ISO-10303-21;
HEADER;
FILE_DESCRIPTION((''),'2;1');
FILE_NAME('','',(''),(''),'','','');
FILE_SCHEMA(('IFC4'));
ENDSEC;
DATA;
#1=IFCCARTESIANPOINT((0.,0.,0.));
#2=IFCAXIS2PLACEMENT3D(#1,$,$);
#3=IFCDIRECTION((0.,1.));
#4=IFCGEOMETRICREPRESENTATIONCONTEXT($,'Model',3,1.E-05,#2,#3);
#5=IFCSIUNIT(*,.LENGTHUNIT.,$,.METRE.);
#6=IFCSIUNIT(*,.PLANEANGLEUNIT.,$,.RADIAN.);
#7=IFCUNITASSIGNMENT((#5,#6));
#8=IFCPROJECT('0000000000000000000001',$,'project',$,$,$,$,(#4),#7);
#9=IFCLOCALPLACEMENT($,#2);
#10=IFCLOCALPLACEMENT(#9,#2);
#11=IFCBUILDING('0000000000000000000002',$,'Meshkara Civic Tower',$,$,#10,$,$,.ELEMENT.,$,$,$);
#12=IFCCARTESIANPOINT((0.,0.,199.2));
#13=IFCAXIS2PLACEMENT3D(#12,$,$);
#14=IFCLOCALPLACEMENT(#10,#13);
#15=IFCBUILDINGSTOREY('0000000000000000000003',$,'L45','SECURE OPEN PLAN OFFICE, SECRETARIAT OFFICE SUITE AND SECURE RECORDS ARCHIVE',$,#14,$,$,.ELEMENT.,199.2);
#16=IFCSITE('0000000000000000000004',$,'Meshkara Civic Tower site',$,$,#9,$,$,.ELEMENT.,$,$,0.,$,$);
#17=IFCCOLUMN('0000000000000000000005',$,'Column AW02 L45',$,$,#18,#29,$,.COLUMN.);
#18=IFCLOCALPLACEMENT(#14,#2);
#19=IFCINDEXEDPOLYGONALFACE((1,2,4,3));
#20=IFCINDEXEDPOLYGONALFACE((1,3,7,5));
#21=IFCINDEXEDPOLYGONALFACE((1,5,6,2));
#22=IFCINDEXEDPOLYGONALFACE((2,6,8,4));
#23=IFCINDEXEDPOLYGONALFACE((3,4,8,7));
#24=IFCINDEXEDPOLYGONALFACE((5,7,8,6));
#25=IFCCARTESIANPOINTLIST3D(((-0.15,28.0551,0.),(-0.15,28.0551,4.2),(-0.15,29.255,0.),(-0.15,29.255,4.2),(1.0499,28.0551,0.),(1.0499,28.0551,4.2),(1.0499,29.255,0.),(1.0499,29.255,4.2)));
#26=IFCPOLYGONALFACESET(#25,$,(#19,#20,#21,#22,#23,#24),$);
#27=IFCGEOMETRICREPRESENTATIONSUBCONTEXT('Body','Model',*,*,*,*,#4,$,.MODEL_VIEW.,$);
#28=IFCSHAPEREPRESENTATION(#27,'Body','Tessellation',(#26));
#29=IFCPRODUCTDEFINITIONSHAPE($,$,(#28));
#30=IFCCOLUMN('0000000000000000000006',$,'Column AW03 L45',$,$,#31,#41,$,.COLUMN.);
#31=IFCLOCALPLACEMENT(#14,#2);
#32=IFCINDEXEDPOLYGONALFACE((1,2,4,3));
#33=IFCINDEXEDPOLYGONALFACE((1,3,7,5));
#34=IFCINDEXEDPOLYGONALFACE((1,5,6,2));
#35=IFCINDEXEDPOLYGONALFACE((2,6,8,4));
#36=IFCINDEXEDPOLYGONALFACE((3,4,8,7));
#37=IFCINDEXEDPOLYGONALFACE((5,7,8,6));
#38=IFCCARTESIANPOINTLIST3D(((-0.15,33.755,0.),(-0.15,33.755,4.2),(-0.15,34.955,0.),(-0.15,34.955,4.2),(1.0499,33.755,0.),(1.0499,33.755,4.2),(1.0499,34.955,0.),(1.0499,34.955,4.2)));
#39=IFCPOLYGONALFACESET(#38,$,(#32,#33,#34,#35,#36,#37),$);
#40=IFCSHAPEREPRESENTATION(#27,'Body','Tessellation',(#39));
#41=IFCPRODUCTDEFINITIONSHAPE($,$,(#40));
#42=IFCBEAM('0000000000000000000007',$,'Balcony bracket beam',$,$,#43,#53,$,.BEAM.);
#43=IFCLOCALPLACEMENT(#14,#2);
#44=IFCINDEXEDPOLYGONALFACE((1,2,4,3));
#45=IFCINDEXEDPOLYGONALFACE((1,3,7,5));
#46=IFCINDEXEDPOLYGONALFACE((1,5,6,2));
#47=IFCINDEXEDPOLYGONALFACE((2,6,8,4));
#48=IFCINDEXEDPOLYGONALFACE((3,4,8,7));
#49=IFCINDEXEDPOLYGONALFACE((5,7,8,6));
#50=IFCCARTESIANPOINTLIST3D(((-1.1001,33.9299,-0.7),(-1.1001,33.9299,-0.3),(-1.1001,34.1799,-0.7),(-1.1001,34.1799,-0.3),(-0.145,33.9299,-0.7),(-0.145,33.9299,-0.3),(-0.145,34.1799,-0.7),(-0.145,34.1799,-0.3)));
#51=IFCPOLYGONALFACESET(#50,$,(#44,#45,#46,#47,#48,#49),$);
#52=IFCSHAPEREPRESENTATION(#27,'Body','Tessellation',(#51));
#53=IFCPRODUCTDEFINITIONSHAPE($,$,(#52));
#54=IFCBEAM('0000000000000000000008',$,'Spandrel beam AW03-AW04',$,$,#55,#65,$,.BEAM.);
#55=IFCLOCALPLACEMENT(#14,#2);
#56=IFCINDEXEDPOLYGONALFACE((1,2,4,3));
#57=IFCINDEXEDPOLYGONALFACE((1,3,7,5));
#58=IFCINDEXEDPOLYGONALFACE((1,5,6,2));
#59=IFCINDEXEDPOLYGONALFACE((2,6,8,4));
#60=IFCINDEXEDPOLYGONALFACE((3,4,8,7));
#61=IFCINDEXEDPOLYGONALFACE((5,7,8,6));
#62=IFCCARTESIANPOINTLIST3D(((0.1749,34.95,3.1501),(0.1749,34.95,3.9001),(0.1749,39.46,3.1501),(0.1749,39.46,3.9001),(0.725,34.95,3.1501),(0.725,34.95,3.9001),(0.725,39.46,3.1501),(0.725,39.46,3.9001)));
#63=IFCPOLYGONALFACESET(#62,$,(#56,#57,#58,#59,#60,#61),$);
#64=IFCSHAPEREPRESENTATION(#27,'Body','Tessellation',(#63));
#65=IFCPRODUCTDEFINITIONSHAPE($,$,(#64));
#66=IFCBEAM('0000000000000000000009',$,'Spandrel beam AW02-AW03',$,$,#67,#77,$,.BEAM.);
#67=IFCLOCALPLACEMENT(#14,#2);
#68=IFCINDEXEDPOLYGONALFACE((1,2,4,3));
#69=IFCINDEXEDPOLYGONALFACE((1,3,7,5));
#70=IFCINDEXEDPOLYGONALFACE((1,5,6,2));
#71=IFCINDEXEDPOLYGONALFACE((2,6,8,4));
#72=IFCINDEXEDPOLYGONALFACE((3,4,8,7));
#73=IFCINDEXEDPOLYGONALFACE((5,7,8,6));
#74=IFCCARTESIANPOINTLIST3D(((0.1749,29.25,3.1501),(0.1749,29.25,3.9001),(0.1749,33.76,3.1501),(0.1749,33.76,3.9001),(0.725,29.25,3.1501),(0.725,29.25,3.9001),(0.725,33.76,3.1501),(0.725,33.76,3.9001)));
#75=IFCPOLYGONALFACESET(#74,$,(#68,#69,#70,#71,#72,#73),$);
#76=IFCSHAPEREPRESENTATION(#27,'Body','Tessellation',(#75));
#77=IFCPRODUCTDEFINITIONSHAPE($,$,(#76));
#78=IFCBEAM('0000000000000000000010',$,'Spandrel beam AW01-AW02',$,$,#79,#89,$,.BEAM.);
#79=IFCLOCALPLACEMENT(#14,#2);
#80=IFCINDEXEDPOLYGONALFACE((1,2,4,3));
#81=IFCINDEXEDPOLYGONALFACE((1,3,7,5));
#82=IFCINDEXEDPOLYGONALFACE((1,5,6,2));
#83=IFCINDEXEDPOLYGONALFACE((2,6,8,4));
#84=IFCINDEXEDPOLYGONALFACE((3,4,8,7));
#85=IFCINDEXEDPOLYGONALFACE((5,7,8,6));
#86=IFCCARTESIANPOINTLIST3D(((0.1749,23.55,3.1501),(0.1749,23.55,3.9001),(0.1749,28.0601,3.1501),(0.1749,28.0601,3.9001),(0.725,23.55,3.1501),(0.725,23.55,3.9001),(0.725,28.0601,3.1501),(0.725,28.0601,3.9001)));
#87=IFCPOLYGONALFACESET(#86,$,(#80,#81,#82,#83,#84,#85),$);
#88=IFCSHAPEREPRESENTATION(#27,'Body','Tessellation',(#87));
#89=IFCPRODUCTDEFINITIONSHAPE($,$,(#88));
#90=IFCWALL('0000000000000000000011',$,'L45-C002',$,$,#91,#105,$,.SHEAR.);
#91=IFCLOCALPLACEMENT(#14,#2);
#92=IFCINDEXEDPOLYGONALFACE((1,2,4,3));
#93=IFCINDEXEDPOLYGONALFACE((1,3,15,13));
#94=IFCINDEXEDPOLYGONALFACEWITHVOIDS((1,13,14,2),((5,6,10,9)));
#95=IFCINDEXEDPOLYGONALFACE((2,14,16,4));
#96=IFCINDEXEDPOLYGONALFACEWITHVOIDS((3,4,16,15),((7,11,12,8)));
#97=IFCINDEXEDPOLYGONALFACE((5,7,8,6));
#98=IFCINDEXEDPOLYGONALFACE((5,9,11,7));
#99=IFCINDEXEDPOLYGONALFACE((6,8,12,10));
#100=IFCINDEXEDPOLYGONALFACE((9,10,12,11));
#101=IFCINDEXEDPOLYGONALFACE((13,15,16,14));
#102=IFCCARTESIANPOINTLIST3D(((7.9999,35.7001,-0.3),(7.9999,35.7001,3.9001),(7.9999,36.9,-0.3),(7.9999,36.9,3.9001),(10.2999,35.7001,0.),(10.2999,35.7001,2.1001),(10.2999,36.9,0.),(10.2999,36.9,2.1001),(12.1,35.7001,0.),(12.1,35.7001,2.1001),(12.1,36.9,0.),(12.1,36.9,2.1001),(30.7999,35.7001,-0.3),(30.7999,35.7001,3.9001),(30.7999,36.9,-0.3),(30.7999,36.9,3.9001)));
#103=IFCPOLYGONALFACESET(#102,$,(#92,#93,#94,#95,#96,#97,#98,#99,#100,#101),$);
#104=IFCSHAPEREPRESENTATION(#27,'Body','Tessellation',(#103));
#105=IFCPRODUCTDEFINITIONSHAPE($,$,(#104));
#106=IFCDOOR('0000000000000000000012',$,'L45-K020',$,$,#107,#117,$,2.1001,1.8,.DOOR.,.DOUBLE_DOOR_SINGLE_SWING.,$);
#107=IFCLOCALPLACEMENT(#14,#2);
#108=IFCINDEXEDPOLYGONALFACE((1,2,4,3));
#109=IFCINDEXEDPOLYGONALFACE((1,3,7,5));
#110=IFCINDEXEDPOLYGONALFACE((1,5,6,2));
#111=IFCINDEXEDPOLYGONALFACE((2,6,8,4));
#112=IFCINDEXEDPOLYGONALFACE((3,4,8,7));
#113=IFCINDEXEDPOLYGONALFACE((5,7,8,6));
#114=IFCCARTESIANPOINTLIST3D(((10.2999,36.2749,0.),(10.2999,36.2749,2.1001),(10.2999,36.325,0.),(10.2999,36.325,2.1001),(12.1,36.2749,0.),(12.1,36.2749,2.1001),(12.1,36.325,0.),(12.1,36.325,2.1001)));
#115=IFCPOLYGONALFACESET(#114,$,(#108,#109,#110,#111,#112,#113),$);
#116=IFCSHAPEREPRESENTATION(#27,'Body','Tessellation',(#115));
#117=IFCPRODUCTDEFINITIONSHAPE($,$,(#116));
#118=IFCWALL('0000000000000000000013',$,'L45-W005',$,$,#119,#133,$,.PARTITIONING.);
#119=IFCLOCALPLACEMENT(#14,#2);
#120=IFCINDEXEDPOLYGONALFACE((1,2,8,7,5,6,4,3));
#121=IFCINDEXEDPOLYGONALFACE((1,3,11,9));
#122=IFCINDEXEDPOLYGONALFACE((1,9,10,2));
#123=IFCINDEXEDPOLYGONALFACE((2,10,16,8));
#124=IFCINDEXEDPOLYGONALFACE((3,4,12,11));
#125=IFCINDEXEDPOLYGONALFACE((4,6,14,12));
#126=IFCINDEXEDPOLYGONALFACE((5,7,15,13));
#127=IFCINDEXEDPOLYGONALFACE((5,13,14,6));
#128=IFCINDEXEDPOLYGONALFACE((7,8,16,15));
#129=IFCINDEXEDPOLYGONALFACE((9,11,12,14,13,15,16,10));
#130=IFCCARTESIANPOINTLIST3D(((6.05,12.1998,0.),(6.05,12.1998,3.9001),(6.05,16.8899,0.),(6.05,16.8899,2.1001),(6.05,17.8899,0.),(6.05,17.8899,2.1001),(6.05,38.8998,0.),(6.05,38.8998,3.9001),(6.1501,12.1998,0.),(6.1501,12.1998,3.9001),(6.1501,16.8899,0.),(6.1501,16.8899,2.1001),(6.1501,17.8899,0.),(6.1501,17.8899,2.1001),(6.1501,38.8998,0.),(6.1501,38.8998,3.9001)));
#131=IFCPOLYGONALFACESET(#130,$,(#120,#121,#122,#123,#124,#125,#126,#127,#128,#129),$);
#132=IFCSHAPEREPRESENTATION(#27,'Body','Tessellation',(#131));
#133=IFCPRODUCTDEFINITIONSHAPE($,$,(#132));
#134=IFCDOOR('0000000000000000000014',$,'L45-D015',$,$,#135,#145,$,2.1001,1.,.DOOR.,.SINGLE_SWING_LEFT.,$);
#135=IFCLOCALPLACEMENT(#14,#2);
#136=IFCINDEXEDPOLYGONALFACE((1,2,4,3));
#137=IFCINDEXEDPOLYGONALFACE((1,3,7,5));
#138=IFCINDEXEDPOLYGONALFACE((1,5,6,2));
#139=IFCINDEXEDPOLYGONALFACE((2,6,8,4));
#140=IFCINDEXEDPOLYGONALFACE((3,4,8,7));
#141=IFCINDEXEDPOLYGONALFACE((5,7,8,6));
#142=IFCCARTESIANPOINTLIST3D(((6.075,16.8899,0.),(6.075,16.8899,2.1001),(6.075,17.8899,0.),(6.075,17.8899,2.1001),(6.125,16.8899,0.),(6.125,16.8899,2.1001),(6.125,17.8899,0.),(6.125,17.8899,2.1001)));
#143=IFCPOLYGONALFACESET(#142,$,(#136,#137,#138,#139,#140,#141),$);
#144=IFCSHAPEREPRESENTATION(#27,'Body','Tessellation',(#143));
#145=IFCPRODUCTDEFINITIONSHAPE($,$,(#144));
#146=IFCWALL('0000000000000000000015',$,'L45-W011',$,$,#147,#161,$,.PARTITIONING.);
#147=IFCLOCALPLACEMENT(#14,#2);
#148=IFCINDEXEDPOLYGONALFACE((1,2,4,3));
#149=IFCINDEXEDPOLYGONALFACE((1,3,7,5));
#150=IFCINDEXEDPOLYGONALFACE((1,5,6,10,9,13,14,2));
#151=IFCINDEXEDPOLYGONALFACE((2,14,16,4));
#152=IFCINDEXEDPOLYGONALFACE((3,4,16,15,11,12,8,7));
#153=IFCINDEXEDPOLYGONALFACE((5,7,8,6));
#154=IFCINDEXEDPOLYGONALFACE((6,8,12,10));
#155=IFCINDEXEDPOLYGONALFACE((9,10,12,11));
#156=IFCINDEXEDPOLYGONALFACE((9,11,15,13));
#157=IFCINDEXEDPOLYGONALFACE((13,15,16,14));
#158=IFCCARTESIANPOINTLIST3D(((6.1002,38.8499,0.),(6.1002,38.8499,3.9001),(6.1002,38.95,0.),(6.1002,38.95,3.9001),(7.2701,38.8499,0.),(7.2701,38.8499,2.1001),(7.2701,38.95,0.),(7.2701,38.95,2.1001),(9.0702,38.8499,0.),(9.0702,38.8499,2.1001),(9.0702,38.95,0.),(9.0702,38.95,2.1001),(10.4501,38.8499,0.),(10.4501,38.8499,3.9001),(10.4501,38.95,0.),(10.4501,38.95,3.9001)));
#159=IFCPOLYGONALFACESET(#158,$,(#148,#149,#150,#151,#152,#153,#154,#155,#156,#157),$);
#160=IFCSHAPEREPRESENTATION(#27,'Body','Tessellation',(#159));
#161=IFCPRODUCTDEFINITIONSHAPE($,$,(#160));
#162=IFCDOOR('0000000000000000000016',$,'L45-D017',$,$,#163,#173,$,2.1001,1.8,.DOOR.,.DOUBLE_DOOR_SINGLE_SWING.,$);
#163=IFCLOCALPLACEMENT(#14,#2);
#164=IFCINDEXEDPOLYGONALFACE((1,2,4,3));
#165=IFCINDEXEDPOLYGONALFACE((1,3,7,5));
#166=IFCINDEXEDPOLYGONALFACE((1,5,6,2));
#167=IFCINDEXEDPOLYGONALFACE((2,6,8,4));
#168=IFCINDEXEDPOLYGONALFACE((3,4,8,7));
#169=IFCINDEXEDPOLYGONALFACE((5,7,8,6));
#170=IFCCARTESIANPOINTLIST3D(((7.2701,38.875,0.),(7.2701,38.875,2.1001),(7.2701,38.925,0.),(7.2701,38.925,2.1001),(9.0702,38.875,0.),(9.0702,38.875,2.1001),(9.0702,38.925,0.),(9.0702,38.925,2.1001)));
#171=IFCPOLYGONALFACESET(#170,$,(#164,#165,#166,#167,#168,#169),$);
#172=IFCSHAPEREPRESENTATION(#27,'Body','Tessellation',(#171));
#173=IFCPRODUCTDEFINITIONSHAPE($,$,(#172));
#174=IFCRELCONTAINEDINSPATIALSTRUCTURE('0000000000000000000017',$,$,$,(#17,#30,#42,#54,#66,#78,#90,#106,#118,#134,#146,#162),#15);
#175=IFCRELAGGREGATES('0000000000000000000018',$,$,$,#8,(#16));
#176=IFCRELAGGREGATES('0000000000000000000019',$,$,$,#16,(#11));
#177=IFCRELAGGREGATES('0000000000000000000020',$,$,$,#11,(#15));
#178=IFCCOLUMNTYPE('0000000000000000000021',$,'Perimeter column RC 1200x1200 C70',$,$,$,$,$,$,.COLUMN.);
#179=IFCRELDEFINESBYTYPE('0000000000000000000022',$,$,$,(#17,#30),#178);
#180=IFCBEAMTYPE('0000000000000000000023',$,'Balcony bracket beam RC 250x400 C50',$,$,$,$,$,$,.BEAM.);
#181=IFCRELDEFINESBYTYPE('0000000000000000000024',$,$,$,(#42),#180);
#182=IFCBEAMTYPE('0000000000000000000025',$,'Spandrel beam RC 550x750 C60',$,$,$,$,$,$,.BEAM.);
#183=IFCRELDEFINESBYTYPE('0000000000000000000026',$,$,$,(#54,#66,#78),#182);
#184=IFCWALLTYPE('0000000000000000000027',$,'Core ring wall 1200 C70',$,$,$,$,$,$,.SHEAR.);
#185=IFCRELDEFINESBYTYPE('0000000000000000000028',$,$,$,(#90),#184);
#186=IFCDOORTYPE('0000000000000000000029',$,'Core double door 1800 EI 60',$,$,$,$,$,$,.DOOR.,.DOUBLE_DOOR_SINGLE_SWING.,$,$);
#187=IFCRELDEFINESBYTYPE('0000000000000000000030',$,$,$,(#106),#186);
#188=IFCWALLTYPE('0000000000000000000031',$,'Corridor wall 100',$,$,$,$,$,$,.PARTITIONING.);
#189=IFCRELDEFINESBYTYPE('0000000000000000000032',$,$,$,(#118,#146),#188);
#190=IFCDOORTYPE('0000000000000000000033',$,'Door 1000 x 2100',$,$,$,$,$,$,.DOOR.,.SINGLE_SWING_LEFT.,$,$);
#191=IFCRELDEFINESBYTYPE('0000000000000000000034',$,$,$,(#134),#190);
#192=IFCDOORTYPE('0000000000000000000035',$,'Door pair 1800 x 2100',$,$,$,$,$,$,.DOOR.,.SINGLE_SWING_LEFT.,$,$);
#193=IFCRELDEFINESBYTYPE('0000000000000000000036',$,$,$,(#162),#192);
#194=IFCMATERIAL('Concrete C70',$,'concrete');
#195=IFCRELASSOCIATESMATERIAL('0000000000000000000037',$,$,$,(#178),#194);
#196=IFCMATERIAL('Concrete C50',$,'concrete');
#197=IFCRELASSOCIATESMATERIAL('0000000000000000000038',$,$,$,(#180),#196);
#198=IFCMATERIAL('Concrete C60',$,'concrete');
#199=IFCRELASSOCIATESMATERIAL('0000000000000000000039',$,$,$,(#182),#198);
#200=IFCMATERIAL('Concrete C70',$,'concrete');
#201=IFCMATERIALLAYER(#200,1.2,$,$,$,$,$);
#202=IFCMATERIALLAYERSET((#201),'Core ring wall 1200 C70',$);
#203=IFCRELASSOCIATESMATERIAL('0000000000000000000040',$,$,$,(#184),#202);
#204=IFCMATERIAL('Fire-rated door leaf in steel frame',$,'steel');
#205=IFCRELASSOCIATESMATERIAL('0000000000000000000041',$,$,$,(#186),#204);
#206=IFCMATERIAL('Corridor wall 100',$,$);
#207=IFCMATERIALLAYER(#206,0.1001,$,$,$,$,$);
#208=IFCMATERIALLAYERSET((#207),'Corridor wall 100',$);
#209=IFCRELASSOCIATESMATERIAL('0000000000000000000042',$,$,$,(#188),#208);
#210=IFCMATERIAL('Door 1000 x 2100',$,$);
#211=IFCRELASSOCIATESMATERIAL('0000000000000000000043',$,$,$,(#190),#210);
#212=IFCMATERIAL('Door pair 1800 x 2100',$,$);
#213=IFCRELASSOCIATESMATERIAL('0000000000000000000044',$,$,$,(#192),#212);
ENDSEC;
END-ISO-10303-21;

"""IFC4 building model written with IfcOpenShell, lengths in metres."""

from ifc_helpers import new_model, si_unit, direction, frame, frame_2d, origin, origin_2d, place, context, subcontext, project, spatial, rectangle, extrude, material, layer, layer_set, material_profile, profile_set, type_object, element, fill, save


model = new_model("IFC4")

# Units and contexts
model_context = context("Model", 3, precision=1e-05, world=origin(), true_north=direction((0.0, 1.0)))
body_context = subcontext(model_context, "Body", "Model", "MODEL_VIEW")
ifc_project = project(units=[si_unit("LENGTHUNIT", "METRE"), si_unit("PLANEANGLEUNIT", "RADIAN")], contexts=[model_context])

# Site, building, storey
site_placement = place(None, origin())
site = spatial("IfcSite", under=ifc_project, at=site_placement, Name="Meshkara Civic Tower site", CompositionType="ELEMENT", RefElevation=0.0)
building_placement = place(site_placement, origin())
building = spatial("IfcBuilding", under=site, at=building_placement, Name="Meshkara Civic Tower", CompositionType="ELEMENT")
storey_placement = place(building_placement, frame((0.0, 0.0, 199.2)))
storey = spatial("IfcBuildingStorey", under=building, at=storey_placement, Name="L45", Description="SECURE OPEN PLAN OFFICE, SECRETARIAT OFFICE SUITE AND SECURE RECORDS ARCHIVE", CompositionType="ELEMENT", Elevation=199.2)

# Columns
ifc_material_1 = material(Name="Concrete C70", Category="concrete")
ifc_material_profile_1 = material_profile(ifc_material_1, rectangle(XDim=1.2, YDim=1.2, at=origin_2d()))
ifc_profile_set_1 = profile_set([ifc_material_profile_1], Name="Concrete C70")
column_type = type_object("IfcColumnType", Name="Perimeter column RC 1200x1200 C70", PredefinedType="COLUMN", material=ifc_profile_set_1)
for number, where, z_axis, x_axis, name in (
    (1, (0.45, 28.655, 0.0), (0.0, 0.0, 1.0), (1.0, 0.0, 0.0), "Column AW02 L45"),
    (2, (0.45, 34.355, 0.0), (0.0, 0.0, 1.0), (1.0, 0.0, 0.0), "Column AW03 L45"),
):
    element("IfcColumn", number, at=place(storey_placement, frame(where, z_axis=z_axis, x_axis=x_axis)), inside=storey, type_object=column_type, Name=name, PredefinedType="COLUMN", context=body_context, shape_type="SweptSolid", body=[
        extrude(rectangle(XDim=1.2, YDim=1.2, at=origin_2d()), origin(), (0.0, 0.0, 1.0), 4.2),
    ])

# Beams
ifc_material_2 = material(Name="Concrete C50", Category="concrete")
ifc_material_profile_2 = material_profile(ifc_material_2, rectangle(XDim=0.25, YDim=0.3999, at=origin_2d()))
ifc_profile_set_2 = profile_set([ifc_material_profile_2], Name="Concrete C50")
beam_type_1 = type_object("IfcBeamType", Name="Balcony bracket beam RC 250x400 C50", PredefinedType="BEAM", material=ifc_profile_set_2)
beam_placement = place(storey_placement, frame((-0.145, 34.0549, -0.5), z_axis=(-1.0, 0.0, 0.0), x_axis=(0.0, -1.0, 0.0)))
element("IfcBeam", 3, at=beam_placement, inside=storey, type_object=beam_type_1, Name="Balcony bracket beam", PredefinedType="BEAM", context=body_context, shape_type="SweptSolid", body=[
    extrude(rectangle(XDim=0.25, YDim=0.3999, at=origin_2d()), origin(), (0.0, 0.0, 1.0), 0.9551),
])
ifc_material_3 = material(Name="Concrete C60", Category="concrete")
ifc_material_profile_3 = material_profile(ifc_material_3, rectangle(XDim=0.55, YDim=0.75, at=origin_2d()))
ifc_profile_set_3 = profile_set([ifc_material_profile_3], Name="Concrete C60")
beam_type_2 = type_object("IfcBeamType", Name="Spandrel beam RC 550x750 C60", PredefinedType="BEAM", material=ifc_profile_set_3)
for number, where, z_axis, x_axis, name in (
    (4, (0.45, 39.46, 3.5251), (0.0, -1.0, 0.0), (1.0, 0.0, 0.0), "Spandrel beam AW03-AW04"),
    (5, (0.45, 33.76, 3.5251), (0.0, -1.0, 0.0), (1.0, 0.0, 0.0), "Spandrel beam AW02-AW03"),
    (6, (0.45, 28.0601, 3.5251), (0.0, -1.0, 0.0), (1.0, 0.0, 0.0), "Spandrel beam AW01-AW02"),
):
    element("IfcBeam", number, at=place(storey_placement, frame(where, z_axis=z_axis, x_axis=x_axis)), inside=storey, type_object=beam_type_2, Name=name, PredefinedType="BEAM", context=body_context, shape_type="SweptSolid", body=[
        extrude(rectangle(XDim=0.55, YDim=0.75, at=origin_2d()), origin(), (0.0, 0.0, 1.0), 4.51),
    ])

# Walls, openings, doors
ifc_material_4 = material(Name="Concrete C70", Category="concrete")
ifc_layer_1 = layer(ifc_material_4, 1.2)
ifc_layer_set_1 = layer_set([ifc_layer_1], Name="Core ring wall 1200 C70")
wall_type_1 = type_object("IfcWallType", Name="Core ring wall 1200 C70", PredefinedType="SHEAR", material=ifc_layer_set_1)
wall_1_placement = place(storey_placement, frame((8.0, 36.3, -0.3), z_axis=(0.0, 0.0, 1.0), x_axis=(1.0, 0.0, 0.0)))
wall_1 = element("IfcWall", 7, at=wall_1_placement, inside=storey, type_object=wall_type_1, Name="L45-C002", PredefinedType="SHEAR", context=body_context, shape_type="SweptSolid", body=[
    extrude(rectangle(XDim=22.8, YDim=1.2, at=frame_2d((11.3999, 0.0))), origin(), (0.0, 0.0, 1.0), 4.2002),
])
opening_1_placement = place(wall_1_placement, frame((2.3, 0.0, 0.3)))
opening_1 = element("IfcOpeningElement", 8, at=opening_1_placement, cuts=wall_1, PredefinedType="OPENING", context=body_context, shape_type="SweptSolid", body=[
    extrude(rectangle(XDim=1.8, YDim=2.1001, at=frame_2d((0.8999, 1.05))), frame((0.0, 0.6099, 0.0), z_axis=(0.0, -1.0, 0.0), x_axis=(1.0, 0.0, 0.0)), (0.0, 0.0, 1.0), 1.22),
])
ifc_material_5 = material(Name="Fire-rated door leaf in steel frame", Category="steel")
door_type_1 = type_object("IfcDoorType", Name="Core double door 1800 EI 60", OperationType="DOUBLE_DOOR_SINGLE_SWING", PredefinedType="DOOR", material=ifc_material_5)
door_1_placement = place(opening_1_placement, origin())
door_1 = element("IfcDoor", 9, at=door_1_placement, inside=storey, type_object=door_type_1, Name="L45-K020", OperationType="DOUBLE_DOOR_SINGLE_SWING", OverallHeight=2.1001, OverallWidth=1.8, PredefinedType="DOOR", context=body_context, shape_type="SweptSolid", body=[
    extrude(rectangle(XDim=1.8, YDim=2.1001, at=frame_2d((0.8999, 1.05))), frame((0.0, 0.0249, 0.0), z_axis=(0.0, -1.0, 0.0), x_axis=(1.0, 0.0, 0.0)), (0.0, 0.0, 1.0), 0.05),
])
fill(opening_1, door_1)
ifc_material_6 = material(Name="Corridor wall 100")
ifc_layer_2 = layer(ifc_material_6, 0.1001)
ifc_layer_set_2 = layer_set([ifc_layer_2], Name="Corridor wall 100")
wall_type_2 = type_object("IfcWallType", Name="Corridor wall 100", PredefinedType="PARTITIONING", material=ifc_layer_set_2)
wall_2_placement = place(storey_placement, frame((6.1001, 38.8999, 0.0), z_axis=(0.0, 0.0, 1.0), x_axis=(0.0, -1.0, 0.0)))
wall_2 = element("IfcWall", 10, at=wall_2_placement, inside=storey, type_object=wall_type_2, Name="L45-W005", PredefinedType="PARTITIONING", context=body_context, shape_type="SweptSolid", body=[
    extrude(rectangle(XDim=26.7, YDim=0.1001, at=frame_2d((13.3501, 0.0))), origin(), (0.0, 0.0, 1.0), 3.9001),
])
opening_2_placement = place(wall_2_placement, frame((21.01, 0.0, 0.0)))
opening_2 = element("IfcOpeningElement", 11, at=opening_2_placement, cuts=wall_2, PredefinedType="OPENING", context=body_context, shape_type="SweptSolid", body=[
    extrude(rectangle(XDim=1.0, YDim=2.1001, at=frame_2d((0.5, 1.05))), frame((0.0, 0.0601, 0.0), z_axis=(0.0, -1.0, 0.0), x_axis=(1.0, 0.0, 0.0)), (0.0, 0.0, 1.0), 0.1201),
])
ifc_material_7 = material(Name="Door 1000 x 2100")
door_type_2 = type_object("IfcDoorType", Name="Door 1000 x 2100", OperationType="SINGLE_SWING_LEFT", PredefinedType="DOOR", material=ifc_material_7)
door_2_placement = place(opening_2_placement, origin())
door_2 = element("IfcDoor", 12, at=door_2_placement, inside=storey, type_object=door_type_2, Name="L45-D015", OperationType="SINGLE_SWING_LEFT", OverallHeight=2.1001, OverallWidth=1.0, PredefinedType="DOOR", context=body_context, shape_type="SweptSolid", body=[
    extrude(rectangle(XDim=1.0, YDim=2.1001, at=frame_2d((0.5, 1.05))), frame((0.0, 0.0249, 0.0), z_axis=(0.0, -1.0, 0.0), x_axis=(1.0, 0.0, 0.0)), (0.0, 0.0, 1.0), 0.05),
])
fill(opening_2, door_2)
wall_3_placement = place(storey_placement, frame((10.45, 38.8999, 0.0), z_axis=(0.0, 0.0, 1.0), x_axis=(-1.0, 0.0, 0.0)))
wall_3 = element("IfcWall", 13, at=wall_3_placement, inside=storey, type_object=wall_type_2, Name="L45-W011", PredefinedType="PARTITIONING", context=body_context, shape_type="SweptSolid", body=[
    extrude(rectangle(XDim=4.3499, YDim=0.1001, at=frame_2d((2.1748, 0.0))), origin(), (0.0, 0.0, 1.0), 3.9001),
])
opening_3_placement = place(wall_3_placement, frame((1.3799, 0.0, 0.0)))
opening_3 = element("IfcOpeningElement", 14, at=opening_3_placement, cuts=wall_3, PredefinedType="OPENING", context=body_context, shape_type="SweptSolid", body=[
    extrude(rectangle(XDim=1.8, YDim=2.1001, at=frame_2d((0.8999, 1.05))), frame((0.0, 0.0601, 0.0), z_axis=(0.0, -1.0, 0.0), x_axis=(1.0, 0.0, 0.0)), (0.0, 0.0, 1.0), 0.1201),
])
ifc_material_8 = material(Name="Door pair 1800 x 2100")
door_type_3 = type_object("IfcDoorType", Name="Door pair 1800 x 2100", OperationType="SINGLE_SWING_LEFT", PredefinedType="DOOR", material=ifc_material_8)
door_3_placement = place(opening_3_placement, origin())
door_3 = element("IfcDoor", 15, at=door_3_placement, inside=storey, type_object=door_type_3, Name="L45-D017", OperationType="DOUBLE_DOOR_SINGLE_SWING", OverallHeight=2.1001, OverallWidth=1.8, PredefinedType="DOOR", context=body_context, shape_type="SweptSolid", body=[
    extrude(rectangle(XDim=1.8, YDim=2.1001, at=frame_2d((0.8999, 1.05))), frame((0.0, 0.0249, 0.0), z_axis=(0.0, -1.0, 0.0), x_axis=(1.0, 0.0, 0.0)), (0.0, 0.0, 1.0), 0.05),
])
fill(opening_3, door_3)

save(model, "model.ifc")
